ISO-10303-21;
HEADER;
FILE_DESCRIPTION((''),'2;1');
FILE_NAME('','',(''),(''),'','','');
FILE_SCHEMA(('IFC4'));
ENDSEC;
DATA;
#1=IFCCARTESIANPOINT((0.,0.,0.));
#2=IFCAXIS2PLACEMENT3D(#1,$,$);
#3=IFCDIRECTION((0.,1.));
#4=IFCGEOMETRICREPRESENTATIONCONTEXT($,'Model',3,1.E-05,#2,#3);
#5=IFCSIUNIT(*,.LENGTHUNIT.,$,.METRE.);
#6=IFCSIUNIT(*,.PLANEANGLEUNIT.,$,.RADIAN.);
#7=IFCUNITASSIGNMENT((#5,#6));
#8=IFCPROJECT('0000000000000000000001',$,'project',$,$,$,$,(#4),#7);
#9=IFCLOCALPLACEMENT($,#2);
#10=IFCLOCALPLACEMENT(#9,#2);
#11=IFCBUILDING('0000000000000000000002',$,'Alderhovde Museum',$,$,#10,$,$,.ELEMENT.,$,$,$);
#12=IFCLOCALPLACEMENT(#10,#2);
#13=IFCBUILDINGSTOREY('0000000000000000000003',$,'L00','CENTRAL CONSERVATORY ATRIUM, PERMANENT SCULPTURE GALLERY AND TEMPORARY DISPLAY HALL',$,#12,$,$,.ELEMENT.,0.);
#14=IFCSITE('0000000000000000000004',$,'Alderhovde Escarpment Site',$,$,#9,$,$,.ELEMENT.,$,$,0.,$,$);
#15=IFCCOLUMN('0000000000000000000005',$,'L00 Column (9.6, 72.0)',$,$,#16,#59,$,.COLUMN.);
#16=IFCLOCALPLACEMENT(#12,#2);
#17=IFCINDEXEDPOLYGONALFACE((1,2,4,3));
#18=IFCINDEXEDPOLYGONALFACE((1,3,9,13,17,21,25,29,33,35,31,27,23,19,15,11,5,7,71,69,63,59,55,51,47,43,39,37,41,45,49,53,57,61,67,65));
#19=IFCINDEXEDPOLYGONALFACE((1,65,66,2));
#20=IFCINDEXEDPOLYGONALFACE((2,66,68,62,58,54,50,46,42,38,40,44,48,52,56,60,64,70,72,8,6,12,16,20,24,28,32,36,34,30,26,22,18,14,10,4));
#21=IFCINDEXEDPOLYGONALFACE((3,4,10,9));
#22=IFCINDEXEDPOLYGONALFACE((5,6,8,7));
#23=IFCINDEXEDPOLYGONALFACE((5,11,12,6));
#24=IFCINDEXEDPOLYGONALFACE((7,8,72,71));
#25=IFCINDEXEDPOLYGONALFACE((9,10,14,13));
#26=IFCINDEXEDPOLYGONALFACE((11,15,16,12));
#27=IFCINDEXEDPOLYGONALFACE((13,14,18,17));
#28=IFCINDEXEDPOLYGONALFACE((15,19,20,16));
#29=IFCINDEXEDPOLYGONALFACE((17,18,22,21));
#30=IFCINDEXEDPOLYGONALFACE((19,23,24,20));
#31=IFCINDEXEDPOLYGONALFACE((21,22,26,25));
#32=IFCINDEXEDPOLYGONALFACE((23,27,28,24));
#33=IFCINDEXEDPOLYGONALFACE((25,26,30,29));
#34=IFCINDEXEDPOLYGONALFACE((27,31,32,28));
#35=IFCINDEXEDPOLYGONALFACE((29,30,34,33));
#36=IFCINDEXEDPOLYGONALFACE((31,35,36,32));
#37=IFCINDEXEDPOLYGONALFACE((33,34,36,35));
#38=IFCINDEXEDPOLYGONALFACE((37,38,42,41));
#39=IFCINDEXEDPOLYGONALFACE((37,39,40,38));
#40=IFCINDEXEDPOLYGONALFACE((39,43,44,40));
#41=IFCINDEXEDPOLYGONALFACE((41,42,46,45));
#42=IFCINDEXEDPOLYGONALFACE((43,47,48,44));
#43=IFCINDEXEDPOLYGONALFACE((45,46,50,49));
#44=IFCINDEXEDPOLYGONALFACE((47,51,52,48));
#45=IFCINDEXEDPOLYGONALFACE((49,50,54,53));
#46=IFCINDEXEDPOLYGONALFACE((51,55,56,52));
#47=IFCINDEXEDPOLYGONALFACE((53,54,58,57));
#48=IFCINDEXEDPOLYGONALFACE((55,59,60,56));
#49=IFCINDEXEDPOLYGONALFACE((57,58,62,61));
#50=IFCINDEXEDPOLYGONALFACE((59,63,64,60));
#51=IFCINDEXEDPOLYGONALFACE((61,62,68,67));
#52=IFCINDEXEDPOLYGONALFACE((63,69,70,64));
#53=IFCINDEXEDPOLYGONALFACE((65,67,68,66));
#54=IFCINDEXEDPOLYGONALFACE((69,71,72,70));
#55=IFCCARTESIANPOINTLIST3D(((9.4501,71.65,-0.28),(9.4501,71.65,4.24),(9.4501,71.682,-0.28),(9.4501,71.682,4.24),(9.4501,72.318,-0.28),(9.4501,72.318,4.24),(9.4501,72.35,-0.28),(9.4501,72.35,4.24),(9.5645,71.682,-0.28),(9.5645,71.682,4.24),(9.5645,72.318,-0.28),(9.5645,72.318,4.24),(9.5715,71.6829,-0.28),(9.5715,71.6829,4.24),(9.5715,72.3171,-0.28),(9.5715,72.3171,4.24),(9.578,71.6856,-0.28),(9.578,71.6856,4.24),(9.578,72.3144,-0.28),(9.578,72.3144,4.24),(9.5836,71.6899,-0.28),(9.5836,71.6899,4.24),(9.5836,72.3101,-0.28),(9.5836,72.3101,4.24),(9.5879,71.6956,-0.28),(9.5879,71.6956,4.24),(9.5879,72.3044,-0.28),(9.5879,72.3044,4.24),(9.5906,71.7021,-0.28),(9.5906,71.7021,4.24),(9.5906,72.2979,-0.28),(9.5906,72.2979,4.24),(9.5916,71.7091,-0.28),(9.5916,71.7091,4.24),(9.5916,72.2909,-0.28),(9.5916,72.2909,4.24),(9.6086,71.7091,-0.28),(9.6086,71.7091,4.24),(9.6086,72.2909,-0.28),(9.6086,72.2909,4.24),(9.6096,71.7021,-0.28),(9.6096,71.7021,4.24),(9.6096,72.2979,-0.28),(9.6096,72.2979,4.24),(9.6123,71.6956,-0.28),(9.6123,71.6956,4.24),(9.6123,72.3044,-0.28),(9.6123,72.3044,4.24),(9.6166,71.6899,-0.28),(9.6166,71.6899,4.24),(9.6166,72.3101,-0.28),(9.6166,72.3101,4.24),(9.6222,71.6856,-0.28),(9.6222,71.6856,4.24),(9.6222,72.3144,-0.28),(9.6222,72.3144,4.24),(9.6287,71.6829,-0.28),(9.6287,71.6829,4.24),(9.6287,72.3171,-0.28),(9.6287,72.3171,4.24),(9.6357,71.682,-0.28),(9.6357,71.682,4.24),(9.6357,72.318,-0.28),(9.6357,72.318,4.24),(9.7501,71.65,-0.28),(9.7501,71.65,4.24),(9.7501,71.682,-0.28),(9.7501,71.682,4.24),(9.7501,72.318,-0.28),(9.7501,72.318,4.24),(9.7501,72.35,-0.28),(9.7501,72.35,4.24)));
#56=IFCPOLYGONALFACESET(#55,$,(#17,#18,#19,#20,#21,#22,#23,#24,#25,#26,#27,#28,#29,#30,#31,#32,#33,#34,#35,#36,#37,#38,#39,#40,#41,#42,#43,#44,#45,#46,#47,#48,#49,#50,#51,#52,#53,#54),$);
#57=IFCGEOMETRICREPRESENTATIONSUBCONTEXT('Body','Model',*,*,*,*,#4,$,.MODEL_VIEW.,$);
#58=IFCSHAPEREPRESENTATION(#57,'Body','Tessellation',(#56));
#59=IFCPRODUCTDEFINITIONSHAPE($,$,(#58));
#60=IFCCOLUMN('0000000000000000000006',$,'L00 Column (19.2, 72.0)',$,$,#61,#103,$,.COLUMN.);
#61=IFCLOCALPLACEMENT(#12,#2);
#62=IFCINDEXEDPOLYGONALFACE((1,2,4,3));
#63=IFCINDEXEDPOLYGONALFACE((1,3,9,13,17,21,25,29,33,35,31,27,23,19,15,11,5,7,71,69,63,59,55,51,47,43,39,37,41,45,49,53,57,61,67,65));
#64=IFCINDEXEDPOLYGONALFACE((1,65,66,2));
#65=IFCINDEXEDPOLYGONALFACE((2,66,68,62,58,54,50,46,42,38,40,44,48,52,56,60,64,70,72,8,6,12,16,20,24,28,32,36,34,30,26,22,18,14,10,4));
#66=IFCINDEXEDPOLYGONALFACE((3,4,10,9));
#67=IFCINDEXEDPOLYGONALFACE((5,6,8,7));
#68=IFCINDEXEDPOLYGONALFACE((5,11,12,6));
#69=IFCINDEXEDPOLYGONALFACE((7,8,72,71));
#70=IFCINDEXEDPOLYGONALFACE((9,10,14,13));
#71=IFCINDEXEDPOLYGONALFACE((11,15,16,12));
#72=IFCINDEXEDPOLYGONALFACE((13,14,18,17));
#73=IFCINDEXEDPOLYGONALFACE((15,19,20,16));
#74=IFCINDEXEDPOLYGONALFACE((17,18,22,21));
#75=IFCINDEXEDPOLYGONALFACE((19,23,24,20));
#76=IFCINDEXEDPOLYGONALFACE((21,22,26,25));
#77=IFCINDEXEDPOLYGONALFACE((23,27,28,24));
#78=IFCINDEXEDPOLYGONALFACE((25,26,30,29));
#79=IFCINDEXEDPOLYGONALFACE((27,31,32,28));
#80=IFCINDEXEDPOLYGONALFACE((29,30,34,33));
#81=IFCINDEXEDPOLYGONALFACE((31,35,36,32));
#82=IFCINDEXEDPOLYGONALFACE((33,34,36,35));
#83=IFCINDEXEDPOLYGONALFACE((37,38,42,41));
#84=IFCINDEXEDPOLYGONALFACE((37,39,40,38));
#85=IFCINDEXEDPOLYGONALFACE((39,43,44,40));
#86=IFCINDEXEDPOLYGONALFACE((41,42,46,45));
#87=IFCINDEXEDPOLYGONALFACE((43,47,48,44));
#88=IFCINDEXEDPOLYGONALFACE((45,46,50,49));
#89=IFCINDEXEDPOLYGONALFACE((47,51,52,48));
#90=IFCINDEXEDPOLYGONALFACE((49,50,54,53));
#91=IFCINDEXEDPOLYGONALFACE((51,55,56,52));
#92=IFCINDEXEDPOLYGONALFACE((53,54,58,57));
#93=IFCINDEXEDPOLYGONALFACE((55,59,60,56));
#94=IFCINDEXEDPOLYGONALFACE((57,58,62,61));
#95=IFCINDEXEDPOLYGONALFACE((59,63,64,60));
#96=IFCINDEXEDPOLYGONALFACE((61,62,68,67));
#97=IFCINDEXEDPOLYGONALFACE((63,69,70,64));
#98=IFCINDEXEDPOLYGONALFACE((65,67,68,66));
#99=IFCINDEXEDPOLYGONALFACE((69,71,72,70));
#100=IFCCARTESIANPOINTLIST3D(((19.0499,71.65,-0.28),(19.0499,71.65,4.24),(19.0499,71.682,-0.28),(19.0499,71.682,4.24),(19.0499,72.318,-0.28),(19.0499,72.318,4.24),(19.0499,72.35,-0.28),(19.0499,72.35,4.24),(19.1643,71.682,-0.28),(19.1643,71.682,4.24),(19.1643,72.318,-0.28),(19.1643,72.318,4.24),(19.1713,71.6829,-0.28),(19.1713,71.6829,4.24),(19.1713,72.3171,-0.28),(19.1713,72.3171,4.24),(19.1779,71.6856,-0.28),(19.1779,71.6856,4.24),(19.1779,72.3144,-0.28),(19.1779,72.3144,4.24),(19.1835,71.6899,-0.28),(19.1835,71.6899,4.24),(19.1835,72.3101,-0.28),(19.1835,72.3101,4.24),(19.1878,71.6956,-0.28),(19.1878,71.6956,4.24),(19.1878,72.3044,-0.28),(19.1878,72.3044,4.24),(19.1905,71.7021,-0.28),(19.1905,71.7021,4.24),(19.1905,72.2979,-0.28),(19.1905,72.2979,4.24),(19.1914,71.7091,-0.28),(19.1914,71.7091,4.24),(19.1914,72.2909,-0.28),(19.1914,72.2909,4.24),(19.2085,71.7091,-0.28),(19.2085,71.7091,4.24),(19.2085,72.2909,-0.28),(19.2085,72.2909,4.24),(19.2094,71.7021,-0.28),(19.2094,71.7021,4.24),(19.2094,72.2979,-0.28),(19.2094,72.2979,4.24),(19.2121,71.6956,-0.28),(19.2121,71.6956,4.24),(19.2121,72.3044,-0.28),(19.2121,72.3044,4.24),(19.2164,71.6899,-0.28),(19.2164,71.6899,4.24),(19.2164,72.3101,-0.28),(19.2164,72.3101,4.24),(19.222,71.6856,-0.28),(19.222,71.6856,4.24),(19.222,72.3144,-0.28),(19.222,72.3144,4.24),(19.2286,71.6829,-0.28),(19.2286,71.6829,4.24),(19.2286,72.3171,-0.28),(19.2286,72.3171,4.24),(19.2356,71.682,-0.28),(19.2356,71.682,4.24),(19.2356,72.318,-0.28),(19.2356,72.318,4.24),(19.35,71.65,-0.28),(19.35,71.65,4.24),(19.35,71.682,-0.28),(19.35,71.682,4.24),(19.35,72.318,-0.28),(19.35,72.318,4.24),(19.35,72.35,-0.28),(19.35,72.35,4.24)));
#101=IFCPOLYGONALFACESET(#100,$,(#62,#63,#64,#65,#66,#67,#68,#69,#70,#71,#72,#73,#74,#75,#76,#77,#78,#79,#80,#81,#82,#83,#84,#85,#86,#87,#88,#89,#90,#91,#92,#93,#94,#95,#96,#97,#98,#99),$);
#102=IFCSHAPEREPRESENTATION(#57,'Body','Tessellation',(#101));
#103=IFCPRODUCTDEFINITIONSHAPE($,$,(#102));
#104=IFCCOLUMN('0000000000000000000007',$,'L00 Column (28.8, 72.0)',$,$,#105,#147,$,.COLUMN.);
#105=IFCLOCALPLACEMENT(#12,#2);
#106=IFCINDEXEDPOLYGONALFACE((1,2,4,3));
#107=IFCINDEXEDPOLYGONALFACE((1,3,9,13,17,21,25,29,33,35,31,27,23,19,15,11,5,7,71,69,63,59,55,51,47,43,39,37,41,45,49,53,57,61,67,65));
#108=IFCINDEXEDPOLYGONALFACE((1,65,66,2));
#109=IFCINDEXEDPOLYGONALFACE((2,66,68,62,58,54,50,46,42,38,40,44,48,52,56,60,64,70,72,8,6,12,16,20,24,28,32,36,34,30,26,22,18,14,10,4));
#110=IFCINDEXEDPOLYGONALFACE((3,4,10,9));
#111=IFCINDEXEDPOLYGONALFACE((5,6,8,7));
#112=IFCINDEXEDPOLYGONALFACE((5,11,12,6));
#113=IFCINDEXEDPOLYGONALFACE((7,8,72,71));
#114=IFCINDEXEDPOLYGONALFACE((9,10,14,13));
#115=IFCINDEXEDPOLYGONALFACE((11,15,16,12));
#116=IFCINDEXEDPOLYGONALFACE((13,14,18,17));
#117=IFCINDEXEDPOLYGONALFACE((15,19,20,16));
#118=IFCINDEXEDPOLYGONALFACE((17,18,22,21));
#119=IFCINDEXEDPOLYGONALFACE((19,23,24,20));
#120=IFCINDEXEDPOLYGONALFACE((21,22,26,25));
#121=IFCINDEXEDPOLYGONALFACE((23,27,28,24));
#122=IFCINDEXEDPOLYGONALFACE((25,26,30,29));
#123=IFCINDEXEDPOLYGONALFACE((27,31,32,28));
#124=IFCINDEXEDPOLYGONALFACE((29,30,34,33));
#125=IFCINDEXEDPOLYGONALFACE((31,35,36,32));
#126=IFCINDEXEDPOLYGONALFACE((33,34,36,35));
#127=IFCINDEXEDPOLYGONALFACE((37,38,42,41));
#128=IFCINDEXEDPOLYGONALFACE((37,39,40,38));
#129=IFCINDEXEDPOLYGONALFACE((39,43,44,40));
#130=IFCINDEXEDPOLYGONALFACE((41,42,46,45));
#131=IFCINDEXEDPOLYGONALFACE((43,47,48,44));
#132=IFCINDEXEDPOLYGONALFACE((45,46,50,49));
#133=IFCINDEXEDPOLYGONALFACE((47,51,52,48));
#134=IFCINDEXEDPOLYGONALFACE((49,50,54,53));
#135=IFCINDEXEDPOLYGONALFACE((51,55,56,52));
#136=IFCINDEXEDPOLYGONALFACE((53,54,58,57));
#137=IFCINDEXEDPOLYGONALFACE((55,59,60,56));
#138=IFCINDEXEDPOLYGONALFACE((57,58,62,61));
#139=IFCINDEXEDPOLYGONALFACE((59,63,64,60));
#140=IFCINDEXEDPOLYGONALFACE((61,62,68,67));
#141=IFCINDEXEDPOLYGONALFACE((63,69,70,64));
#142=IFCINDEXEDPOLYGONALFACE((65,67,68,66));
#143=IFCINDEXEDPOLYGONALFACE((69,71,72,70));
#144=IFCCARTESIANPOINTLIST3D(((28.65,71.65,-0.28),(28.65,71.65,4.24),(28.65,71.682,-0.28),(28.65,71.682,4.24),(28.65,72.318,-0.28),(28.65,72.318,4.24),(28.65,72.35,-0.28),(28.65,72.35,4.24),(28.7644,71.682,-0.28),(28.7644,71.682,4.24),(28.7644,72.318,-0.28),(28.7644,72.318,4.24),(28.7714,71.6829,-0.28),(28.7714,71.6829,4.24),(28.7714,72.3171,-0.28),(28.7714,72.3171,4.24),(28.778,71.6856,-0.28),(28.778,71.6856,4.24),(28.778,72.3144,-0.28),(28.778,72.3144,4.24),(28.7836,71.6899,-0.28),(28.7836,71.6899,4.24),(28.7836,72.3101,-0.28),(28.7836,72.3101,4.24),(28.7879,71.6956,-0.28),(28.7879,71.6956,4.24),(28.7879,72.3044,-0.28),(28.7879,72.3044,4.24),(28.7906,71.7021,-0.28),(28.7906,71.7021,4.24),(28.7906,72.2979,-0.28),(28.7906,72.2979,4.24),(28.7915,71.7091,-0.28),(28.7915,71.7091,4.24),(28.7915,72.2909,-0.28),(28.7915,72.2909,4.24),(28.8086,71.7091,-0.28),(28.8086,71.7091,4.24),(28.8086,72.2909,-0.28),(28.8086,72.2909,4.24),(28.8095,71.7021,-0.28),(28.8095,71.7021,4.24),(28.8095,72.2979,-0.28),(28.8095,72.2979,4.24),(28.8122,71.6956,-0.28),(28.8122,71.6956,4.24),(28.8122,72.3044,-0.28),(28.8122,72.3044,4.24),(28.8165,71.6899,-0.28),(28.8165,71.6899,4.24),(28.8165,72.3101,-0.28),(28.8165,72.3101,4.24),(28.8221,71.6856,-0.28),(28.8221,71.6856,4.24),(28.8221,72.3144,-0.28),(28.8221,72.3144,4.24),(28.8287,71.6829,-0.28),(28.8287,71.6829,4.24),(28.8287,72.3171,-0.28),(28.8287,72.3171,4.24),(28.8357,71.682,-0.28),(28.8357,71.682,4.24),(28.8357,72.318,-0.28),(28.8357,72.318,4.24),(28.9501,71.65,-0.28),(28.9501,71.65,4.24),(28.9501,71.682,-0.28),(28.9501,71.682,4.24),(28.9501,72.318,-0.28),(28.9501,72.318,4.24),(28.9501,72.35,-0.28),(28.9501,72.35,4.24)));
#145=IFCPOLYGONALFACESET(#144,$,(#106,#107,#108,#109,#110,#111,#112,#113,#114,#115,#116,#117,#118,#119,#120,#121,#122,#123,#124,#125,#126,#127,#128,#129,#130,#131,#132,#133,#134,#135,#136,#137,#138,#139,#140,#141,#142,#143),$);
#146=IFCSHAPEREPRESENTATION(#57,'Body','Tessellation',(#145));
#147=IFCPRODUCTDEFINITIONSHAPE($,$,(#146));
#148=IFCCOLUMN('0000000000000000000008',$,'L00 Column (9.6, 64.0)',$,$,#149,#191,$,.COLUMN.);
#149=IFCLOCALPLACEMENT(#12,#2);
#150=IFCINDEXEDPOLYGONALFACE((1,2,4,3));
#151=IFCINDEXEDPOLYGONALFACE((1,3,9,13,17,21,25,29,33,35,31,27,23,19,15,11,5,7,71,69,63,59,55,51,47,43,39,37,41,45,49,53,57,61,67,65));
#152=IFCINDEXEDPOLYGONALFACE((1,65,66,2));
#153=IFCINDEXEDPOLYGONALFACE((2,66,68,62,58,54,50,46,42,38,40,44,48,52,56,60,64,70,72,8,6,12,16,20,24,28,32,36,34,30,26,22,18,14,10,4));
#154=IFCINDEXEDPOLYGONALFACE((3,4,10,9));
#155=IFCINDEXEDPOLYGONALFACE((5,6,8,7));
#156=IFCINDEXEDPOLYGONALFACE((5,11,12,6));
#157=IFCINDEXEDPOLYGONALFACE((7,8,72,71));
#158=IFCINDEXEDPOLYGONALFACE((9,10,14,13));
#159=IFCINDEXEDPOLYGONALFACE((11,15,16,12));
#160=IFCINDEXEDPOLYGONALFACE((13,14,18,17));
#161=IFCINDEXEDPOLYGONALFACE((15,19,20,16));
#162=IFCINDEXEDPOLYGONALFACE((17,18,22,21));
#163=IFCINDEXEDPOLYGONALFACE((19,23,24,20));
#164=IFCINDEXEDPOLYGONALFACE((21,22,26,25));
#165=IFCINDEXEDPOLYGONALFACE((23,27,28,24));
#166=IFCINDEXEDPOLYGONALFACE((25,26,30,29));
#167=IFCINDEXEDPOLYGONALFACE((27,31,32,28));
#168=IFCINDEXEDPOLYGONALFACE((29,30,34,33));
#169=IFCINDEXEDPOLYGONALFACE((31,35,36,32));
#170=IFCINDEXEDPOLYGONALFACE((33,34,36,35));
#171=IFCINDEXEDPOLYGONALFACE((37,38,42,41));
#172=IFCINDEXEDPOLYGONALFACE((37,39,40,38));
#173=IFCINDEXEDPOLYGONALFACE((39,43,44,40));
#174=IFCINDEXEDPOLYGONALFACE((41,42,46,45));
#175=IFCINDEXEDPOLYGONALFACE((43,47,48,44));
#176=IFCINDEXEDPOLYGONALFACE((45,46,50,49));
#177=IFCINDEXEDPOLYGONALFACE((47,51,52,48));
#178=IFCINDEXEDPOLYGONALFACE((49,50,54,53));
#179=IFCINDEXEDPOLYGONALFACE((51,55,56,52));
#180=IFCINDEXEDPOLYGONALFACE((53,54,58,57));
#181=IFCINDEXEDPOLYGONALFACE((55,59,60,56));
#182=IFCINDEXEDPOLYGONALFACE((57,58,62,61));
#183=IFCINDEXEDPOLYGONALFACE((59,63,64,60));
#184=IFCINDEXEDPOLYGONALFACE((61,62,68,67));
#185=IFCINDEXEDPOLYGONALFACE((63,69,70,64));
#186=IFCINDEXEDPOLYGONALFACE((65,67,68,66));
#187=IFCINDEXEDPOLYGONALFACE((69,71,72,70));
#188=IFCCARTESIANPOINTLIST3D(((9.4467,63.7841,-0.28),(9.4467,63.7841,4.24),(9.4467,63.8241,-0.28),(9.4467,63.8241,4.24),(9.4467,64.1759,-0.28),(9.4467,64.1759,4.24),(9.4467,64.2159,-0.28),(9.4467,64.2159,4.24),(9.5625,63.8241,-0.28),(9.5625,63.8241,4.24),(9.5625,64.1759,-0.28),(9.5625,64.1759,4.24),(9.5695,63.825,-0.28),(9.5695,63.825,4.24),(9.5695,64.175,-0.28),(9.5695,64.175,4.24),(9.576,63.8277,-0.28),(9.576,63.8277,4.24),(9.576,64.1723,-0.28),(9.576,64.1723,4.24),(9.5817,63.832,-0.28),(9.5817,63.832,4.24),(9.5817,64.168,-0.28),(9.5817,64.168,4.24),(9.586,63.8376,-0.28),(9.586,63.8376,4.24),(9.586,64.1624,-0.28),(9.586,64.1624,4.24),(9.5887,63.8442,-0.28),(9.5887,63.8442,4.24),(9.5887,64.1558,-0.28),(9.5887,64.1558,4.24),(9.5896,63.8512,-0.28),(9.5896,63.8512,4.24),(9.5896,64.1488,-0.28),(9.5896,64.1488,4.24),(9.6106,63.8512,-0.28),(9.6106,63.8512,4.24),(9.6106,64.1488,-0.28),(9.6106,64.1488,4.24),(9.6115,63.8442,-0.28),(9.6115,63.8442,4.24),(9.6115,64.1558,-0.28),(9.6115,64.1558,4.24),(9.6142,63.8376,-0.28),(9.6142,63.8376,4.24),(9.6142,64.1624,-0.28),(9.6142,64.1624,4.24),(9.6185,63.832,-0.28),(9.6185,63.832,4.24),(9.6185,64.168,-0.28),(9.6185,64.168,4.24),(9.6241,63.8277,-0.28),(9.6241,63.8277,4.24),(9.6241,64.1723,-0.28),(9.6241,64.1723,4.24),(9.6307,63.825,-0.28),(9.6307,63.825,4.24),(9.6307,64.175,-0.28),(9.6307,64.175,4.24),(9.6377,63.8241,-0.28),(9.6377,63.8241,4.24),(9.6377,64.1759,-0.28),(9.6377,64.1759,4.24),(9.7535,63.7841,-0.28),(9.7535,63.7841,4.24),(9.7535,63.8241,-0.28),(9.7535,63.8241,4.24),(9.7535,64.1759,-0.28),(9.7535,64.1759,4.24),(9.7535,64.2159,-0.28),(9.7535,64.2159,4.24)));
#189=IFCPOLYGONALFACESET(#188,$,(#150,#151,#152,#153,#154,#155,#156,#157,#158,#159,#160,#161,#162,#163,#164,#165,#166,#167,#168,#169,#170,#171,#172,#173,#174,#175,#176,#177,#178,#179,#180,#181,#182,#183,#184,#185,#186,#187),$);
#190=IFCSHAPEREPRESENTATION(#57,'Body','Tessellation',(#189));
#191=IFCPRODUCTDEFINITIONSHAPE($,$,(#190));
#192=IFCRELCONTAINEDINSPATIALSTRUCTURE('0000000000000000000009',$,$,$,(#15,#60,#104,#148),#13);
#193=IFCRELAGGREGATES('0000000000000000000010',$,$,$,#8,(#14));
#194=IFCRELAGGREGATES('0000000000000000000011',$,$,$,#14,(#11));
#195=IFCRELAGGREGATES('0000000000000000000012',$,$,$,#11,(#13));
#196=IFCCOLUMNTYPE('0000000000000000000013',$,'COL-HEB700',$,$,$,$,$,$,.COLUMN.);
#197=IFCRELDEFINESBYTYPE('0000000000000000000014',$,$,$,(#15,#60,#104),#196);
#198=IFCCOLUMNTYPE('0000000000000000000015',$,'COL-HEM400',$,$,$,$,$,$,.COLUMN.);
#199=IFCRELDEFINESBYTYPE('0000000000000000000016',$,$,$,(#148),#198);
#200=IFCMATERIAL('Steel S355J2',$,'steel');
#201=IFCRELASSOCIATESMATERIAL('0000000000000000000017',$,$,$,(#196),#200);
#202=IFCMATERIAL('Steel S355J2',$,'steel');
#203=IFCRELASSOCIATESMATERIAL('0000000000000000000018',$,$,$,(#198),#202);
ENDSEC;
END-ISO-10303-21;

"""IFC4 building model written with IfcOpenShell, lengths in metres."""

from ifc_helpers import new_model, si_unit, direction, frame, origin, origin_2d, place, context, subcontext, project, spatial, i_section, extrude, material, material_profile, profile_set, type_object, element, save


model = new_model("IFC4")

# Units and contexts
model_context = context("Model", 3, precision=1e-05, world=origin(), true_north=direction((0.0, 1.0)))
body_context = subcontext(model_context, "Body", "Model", "MODEL_VIEW")
ifc_project = project(units=[si_unit("LENGTHUNIT", "METRE"), si_unit("PLANEANGLEUNIT", "RADIAN")], contexts=[model_context])

# Site, building, storey
site_placement = place(None, origin())
site = spatial("IfcSite", under=ifc_project, at=site_placement, Name="Alderhovde Escarpment Site", CompositionType="ELEMENT", RefElevation=0.0)
building_placement = place(site_placement, origin())
building = spatial("IfcBuilding", under=site, at=building_placement, Name="Alderhovde Museum", CompositionType="ELEMENT")
storey_placement = place(building_placement, origin())
storey = spatial("IfcBuildingStorey", under=building, at=storey_placement, Name="L00", Description="CENTRAL CONSERVATORY ATRIUM, PERMANENT SCULPTURE GALLERY AND TEMPORARY DISPLAY HALL", CompositionType="ELEMENT", Elevation=0.0)

# Columns
ifc_material_1 = material(Name="Steel S355J2", Category="steel")
ifc_material_profile_1 = material_profile(ifc_material_1, i_section(OverallWidth=0.3, OverallDepth=0.7, WebThickness=0.0171, FlangeThickness=0.032, FilletRadius=0.0271, at=origin_2d()), Name="HEB 700")
ifc_profile_set_1 = profile_set([ifc_material_profile_1], Name="Steel S355J2")
column_type_1 = type_object("IfcColumnType", Name="COL-HEB700", PredefinedType="COLUMN", material=ifc_profile_set_1)
for number, where, z_axis, x_axis, name in (
    (1, (9.6001, 72.0, -0.28), (0.0, 0.0, 1.0), (1.0, 0.0, 0.0), "L00 Column (9.6, 72.0)"),
    (2, (19.2, 72.0, -0.28), (0.0, 0.0, 1.0), (1.0, 0.0, 0.0), "L00 Column (19.2, 72.0)"),
    (3, (28.8, 72.0, -0.28), (0.0, 0.0, 1.0), (1.0, 0.0, 0.0), "L00 Column (28.8, 72.0)"),
):
    element("IfcColumn", number, at=place(storey_placement, frame(where, z_axis=z_axis, x_axis=x_axis)), inside=storey, type_object=column_type_1, Name=name, PredefinedType="COLUMN", context=body_context, shape_type="SweptSolid", body=[
        extrude(i_section(OverallWidth=0.3, OverallDepth=0.7, WebThickness=0.0171, FlangeThickness=0.032, FilletRadius=0.0271, at=origin_2d()), origin(), (0.0, 0.0, 1.0), 4.52),
    ])
ifc_material_2 = material(Name="Steel S355J2", Category="steel")
ifc_material_profile_2 = material_profile(ifc_material_2, i_section(OverallWidth=0.3069, OverallDepth=0.4319, WebThickness=0.021, FlangeThickness=0.04, FilletRadius=0.0271, at=origin_2d()), Name="HEM 400")
ifc_profile_set_2 = profile_set([ifc_material_profile_2], Name="Steel S355J2")
column_type_2 = type_object("IfcColumnType", Name="COL-HEM400", PredefinedType="COLUMN", material=ifc_profile_set_2)
for number, where, z_axis, x_axis, name in (
    (4, (9.6001, 64.0, -0.28), (0.0, 0.0, 1.0), (1.0, 0.0, 0.0), "L00 Column (9.6, 64.0)"),
):
    element("IfcColumn", number, at=place(storey_placement, frame(where, z_axis=z_axis, x_axis=x_axis)), inside=storey, type_object=column_type_2, Name=name, PredefinedType="COLUMN", context=body_context, shape_type="SweptSolid", body=[
        extrude(i_section(OverallWidth=0.3069, OverallDepth=0.4319, WebThickness=0.021, FlangeThickness=0.04, FilletRadius=0.0271, at=origin_2d()), origin(), (0.0, 0.0, 1.0), 4.52),
    ])

save(model, "model.ifc")
